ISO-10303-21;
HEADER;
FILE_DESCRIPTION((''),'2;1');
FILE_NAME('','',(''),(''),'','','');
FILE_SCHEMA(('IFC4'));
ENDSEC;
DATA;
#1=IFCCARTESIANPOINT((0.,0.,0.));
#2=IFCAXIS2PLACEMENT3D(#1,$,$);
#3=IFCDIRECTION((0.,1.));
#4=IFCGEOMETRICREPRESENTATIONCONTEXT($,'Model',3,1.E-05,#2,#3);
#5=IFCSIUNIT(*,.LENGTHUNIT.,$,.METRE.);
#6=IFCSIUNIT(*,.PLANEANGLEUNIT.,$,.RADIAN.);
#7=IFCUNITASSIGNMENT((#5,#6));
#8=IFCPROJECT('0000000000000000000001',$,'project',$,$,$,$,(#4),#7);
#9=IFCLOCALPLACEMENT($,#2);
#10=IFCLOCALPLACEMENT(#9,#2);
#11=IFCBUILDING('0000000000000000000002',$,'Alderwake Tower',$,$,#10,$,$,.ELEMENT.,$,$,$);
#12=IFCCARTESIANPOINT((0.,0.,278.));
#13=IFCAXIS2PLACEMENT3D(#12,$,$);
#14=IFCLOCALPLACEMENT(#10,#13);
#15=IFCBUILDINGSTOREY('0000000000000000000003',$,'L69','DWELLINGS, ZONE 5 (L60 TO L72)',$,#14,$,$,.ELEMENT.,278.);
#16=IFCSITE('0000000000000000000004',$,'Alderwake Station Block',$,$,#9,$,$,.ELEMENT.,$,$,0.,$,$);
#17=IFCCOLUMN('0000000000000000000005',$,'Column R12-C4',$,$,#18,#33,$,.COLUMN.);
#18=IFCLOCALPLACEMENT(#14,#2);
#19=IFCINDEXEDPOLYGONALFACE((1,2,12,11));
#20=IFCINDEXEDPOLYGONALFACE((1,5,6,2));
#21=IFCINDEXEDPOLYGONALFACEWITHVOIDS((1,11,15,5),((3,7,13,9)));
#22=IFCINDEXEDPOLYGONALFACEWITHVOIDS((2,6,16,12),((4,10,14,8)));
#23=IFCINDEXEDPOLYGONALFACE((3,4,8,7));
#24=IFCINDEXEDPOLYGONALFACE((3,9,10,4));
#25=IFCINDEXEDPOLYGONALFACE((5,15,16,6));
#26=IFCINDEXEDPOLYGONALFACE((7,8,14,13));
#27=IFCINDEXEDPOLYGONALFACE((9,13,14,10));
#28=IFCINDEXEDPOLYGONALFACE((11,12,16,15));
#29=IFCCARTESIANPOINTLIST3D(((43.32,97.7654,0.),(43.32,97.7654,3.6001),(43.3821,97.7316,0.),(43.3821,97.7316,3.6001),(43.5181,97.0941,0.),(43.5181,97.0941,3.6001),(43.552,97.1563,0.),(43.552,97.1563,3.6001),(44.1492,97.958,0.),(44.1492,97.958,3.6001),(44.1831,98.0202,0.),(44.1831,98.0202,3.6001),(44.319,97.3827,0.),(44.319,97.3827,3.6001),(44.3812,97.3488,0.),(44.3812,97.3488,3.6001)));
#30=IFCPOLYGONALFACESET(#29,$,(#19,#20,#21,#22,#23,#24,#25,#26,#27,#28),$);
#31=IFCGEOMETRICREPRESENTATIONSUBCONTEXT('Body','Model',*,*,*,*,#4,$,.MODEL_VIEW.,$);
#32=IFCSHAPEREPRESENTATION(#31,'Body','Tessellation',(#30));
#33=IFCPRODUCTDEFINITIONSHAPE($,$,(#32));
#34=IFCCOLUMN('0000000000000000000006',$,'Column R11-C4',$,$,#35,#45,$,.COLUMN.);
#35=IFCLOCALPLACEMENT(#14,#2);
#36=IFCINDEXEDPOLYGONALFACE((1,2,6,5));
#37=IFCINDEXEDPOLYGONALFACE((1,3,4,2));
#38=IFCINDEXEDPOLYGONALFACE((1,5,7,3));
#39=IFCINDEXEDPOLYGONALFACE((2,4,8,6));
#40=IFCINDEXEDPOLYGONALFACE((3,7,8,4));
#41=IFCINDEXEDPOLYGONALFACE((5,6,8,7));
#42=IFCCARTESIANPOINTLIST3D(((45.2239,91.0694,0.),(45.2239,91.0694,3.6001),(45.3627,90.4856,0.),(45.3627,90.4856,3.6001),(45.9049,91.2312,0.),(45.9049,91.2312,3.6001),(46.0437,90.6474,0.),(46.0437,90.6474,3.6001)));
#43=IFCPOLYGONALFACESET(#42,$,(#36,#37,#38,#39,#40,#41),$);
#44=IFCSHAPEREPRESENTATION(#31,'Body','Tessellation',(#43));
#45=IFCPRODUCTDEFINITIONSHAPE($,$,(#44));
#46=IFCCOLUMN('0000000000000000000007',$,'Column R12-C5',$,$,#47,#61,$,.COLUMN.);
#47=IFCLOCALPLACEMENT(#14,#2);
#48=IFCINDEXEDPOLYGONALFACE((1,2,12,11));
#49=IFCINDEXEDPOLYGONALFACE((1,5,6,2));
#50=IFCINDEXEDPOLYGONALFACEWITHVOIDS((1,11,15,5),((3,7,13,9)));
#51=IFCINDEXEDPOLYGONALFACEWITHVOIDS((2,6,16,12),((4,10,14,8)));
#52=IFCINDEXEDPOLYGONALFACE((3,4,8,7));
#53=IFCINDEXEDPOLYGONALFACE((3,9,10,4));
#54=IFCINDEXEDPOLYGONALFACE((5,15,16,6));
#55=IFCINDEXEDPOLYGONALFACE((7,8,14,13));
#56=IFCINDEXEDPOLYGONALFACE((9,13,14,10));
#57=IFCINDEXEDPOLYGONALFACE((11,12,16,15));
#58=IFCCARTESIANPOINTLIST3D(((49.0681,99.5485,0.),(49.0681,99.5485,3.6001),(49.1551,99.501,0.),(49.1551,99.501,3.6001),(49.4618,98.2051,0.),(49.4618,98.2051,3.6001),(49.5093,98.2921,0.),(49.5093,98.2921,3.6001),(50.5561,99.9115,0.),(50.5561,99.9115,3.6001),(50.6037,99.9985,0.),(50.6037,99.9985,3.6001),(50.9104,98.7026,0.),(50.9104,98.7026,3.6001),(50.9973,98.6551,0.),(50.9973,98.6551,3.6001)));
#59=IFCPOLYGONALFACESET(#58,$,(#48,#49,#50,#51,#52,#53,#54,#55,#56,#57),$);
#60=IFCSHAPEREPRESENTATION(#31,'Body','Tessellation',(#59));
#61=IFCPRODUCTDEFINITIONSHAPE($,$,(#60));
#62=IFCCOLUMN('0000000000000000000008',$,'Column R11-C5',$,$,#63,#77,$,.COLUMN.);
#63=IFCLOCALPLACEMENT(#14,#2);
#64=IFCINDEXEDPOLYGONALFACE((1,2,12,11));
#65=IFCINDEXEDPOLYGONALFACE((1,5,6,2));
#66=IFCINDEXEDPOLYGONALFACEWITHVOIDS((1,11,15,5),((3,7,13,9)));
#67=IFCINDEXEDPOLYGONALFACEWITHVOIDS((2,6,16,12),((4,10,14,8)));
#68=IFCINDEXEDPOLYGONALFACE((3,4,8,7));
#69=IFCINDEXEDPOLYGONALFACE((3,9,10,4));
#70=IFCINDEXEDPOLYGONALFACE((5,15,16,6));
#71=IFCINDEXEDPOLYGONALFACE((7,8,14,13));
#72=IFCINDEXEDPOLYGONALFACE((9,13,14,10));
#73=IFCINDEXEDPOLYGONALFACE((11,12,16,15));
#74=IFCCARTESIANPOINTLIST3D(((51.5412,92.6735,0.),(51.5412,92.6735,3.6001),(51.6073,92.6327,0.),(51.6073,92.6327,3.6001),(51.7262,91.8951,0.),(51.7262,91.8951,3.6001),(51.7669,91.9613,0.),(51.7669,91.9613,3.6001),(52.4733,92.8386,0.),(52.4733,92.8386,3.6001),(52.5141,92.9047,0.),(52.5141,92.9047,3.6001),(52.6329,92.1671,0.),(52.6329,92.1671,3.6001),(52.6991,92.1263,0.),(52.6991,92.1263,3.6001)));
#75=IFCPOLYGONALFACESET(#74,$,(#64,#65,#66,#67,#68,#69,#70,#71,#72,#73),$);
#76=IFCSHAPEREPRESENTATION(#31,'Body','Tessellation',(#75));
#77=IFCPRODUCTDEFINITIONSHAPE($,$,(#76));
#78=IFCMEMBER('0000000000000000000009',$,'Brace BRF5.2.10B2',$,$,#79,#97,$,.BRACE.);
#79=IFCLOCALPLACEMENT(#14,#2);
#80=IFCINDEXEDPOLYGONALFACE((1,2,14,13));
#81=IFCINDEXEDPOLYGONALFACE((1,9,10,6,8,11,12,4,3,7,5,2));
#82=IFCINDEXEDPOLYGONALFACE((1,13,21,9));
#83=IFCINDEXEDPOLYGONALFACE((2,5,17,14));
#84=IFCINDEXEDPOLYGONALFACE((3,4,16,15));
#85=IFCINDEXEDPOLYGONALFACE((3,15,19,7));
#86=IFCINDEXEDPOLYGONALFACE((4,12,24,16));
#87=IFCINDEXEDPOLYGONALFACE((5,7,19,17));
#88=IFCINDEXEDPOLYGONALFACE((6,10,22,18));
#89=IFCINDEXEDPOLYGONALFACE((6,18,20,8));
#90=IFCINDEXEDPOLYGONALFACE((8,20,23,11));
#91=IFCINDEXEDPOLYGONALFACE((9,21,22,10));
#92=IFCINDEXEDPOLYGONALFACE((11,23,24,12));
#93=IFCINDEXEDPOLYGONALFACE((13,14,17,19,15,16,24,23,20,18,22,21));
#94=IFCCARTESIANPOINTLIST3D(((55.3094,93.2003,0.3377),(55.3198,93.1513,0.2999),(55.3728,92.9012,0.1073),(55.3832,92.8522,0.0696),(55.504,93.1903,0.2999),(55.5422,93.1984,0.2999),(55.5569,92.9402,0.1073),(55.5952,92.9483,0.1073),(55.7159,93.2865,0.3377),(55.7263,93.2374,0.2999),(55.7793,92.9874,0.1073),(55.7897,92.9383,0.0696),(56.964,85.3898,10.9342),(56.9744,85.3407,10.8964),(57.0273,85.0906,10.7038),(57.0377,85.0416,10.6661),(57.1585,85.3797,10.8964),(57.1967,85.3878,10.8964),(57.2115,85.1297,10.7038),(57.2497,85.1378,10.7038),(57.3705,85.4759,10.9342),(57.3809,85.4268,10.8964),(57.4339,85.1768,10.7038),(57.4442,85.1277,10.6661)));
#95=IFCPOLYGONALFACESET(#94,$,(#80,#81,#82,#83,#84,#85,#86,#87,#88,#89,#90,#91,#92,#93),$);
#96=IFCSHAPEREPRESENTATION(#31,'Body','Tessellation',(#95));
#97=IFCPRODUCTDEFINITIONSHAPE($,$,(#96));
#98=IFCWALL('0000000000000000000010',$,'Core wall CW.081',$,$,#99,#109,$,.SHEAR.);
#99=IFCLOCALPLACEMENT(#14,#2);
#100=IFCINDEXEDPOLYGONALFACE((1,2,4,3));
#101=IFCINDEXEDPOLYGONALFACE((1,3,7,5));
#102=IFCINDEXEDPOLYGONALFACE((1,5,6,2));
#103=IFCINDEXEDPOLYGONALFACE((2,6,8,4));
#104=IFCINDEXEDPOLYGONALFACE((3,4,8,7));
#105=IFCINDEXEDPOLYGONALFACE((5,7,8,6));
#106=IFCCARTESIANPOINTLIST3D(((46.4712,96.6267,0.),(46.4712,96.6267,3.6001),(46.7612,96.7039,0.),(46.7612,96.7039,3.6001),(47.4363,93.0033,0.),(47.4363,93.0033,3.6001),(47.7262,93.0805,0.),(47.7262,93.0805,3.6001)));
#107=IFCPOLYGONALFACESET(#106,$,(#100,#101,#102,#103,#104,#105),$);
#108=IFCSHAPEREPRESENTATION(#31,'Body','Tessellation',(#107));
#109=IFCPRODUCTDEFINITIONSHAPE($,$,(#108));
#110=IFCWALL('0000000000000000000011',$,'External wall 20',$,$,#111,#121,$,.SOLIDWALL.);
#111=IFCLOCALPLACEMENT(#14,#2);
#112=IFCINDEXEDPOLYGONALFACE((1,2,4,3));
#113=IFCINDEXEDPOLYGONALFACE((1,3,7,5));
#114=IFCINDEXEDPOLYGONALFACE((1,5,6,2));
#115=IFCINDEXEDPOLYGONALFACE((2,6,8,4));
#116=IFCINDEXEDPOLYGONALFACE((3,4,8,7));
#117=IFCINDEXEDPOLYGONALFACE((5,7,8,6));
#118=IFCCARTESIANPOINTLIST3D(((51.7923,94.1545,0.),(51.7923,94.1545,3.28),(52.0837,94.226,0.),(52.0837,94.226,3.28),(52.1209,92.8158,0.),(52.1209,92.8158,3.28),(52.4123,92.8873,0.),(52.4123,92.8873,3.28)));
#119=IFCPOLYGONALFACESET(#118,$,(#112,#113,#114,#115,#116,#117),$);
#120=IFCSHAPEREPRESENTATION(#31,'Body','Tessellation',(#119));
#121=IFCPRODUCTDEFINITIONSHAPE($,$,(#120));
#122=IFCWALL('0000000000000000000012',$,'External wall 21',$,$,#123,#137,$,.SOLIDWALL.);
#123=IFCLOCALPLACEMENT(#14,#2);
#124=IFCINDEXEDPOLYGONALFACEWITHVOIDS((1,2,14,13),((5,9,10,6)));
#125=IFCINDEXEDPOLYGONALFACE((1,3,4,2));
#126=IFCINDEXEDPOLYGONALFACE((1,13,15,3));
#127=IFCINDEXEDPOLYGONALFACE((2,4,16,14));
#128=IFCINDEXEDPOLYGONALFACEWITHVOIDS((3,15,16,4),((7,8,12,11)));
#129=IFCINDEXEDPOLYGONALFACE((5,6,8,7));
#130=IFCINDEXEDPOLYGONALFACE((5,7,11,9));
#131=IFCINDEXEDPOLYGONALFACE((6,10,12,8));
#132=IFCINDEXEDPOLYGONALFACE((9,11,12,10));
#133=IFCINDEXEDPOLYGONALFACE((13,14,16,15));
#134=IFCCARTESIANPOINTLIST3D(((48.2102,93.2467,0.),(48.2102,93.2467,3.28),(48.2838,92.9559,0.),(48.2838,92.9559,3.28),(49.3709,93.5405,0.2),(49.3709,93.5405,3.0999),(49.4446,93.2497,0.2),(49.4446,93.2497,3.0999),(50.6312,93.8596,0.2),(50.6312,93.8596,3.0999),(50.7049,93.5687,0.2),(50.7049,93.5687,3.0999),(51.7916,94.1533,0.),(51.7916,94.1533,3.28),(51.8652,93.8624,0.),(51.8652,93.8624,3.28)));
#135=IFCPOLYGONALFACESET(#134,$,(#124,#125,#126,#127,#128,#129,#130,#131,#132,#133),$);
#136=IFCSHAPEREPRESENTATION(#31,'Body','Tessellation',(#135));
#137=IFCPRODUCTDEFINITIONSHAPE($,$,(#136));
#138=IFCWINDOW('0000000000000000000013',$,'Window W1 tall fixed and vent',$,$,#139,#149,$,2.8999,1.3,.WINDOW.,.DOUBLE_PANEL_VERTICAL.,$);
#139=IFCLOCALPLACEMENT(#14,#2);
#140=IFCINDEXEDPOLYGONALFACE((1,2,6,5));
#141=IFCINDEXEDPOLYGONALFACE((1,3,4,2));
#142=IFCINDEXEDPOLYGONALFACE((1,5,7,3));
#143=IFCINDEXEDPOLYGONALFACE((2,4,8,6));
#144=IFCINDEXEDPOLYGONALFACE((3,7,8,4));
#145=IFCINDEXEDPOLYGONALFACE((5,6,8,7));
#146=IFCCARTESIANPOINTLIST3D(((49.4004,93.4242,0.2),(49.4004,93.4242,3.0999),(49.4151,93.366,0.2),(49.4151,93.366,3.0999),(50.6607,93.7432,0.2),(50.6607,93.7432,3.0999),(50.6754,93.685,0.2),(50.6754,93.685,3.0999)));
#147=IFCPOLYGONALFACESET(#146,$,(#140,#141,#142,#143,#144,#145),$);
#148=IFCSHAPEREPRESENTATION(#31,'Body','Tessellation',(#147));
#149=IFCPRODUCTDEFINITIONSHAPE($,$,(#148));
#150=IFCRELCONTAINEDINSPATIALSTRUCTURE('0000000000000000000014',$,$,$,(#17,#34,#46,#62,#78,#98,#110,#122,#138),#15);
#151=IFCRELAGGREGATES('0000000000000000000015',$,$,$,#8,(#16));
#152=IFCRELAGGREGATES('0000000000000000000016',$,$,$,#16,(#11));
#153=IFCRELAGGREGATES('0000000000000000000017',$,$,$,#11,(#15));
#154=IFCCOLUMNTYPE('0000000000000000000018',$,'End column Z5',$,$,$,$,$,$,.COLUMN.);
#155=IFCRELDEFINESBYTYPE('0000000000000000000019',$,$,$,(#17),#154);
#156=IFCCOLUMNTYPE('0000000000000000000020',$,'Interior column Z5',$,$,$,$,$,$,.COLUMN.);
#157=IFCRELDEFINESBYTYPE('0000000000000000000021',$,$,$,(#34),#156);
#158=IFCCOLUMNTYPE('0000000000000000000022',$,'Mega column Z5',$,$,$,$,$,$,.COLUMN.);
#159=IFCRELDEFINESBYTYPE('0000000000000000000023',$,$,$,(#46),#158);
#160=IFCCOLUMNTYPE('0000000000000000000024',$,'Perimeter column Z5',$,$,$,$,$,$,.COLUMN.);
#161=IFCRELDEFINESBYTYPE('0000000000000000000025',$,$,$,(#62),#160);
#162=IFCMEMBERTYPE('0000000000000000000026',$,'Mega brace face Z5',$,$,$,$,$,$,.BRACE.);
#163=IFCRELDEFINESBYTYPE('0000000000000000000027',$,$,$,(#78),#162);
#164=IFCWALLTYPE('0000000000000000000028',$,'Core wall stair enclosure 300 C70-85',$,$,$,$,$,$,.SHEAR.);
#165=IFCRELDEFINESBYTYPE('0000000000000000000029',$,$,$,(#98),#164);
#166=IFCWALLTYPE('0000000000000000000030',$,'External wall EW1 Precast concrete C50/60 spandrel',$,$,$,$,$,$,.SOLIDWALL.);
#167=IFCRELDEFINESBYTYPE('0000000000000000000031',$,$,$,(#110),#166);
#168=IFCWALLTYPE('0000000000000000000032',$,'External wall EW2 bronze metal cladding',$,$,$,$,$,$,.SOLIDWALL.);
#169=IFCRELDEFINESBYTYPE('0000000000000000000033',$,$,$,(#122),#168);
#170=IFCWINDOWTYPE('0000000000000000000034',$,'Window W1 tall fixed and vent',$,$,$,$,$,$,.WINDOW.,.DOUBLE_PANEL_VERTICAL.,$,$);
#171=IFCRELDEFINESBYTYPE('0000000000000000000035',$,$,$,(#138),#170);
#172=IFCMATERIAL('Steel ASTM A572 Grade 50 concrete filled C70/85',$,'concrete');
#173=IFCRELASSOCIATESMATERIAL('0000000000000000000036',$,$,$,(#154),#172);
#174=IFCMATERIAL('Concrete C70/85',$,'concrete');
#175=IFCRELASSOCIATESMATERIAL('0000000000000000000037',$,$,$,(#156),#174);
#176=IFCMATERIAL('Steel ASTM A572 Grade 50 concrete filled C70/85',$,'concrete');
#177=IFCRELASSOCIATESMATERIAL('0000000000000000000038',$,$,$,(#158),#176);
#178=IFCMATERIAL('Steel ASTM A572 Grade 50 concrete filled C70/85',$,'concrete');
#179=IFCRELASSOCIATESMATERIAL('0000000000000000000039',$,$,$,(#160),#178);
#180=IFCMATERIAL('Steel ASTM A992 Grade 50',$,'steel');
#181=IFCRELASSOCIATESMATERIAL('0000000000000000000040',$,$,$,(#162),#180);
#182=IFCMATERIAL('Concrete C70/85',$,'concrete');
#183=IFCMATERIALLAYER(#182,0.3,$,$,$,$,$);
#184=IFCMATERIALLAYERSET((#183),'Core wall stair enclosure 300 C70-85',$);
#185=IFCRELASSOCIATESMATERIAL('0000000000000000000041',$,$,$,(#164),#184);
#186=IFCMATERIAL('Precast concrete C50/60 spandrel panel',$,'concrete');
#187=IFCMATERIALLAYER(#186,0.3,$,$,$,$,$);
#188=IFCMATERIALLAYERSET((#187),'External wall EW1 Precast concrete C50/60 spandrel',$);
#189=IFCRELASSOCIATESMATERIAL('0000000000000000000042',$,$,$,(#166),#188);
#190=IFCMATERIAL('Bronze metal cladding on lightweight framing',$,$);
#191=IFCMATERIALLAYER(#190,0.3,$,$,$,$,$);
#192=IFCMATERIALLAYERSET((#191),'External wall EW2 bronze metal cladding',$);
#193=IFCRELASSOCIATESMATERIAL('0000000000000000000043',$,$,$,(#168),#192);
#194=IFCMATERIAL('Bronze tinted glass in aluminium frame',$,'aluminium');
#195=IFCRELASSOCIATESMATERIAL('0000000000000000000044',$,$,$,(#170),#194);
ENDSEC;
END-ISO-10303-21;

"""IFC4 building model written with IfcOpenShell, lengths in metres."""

from ifc_helpers import new_model, si_unit, direction, frame, frame_2d, origin, origin_2d, place, context, subcontext, project, spatial, rectangle, hollow_rectangle, i_section, extrude, material, layer, layer_set, material_profile, profile_set, type_object, element, fill, save


model = new_model("IFC4")

# Units and contexts
model_context = context("Model", 3, precision=1e-05, world=origin(), true_north=direction((0.0, 1.0)))
body_context = subcontext(model_context, "Body", "Model", "MODEL_VIEW")
ifc_project = project(units=[si_unit("LENGTHUNIT", "METRE"), si_unit("PLANEANGLEUNIT", "RADIAN")], contexts=[model_context])

# Site, building, storey
site_placement = place(None, origin())
site = spatial("IfcSite", under=ifc_project, at=site_placement, Name="Alderwake Station Block", CompositionType="ELEMENT", RefElevation=0.0)
building_placement = place(site_placement, origin())
building = spatial("IfcBuilding", under=site, at=building_placement, Name="Alderwake Tower", CompositionType="ELEMENT")
storey_placement = place(building_placement, frame((0.0, 0.0, 278.0)))
storey = spatial("IfcBuildingStorey", under=building, at=storey_placement, Name="L69", Description="DWELLINGS, ZONE 5 (L60 TO L72)", CompositionType="ELEMENT", Elevation=278.0)

# Columns
ifc_material_1 = material(Name="Steel ASTM A572 Grade 50 concrete filled C70/85", Category="concrete")
ifc_material_profile_1 = material_profile(ifc_material_1, hollow_rectangle(XDim=0.7, YDim=0.8999, WallThickness=0.05, at=origin_2d()), Name="BOX 900X700X50")
ifc_profile_set_1 = profile_set([ifc_material_profile_1], Name="Steel ASTM A572 Grade 50 concrete filled C70/85")
column_type_1 = type_object("IfcColumnType", Name="End column Z5", PredefinedType="COLUMN", material=ifc_profile_set_1)
column_1_placement = place(storey_placement, frame((43.8506, 97.5571, 0.0), z_axis=(0.0, 0.0, 1.0), x_axis=(-0.283096, 0.959091, 0.0)))
element("IfcColumn", 1, at=column_1_placement, inside=storey, type_object=column_type_1, Name="Column R12-C4", PredefinedType="COLUMN", context=body_context, shape_type="SweptSolid", body=[
    extrude(hollow_rectangle(XDim=0.7, YDim=0.8999, WallThickness=0.05, at=origin_2d()), origin(), (0.0, 0.0, 1.0), 3.6001),
])
ifc_material_2 = material(Name="Concrete C70/85", Category="concrete")
ifc_material_profile_2 = material_profile(ifc_material_2, rectangle(XDim=0.6001, YDim=0.7, at=origin_2d()), Name="RC 700X600")
ifc_profile_set_2 = profile_set([ifc_material_profile_2], Name="Concrete C70/85")
column_type_2 = type_object("IfcColumnType", Name="Interior column Z5", PredefinedType="COLUMN", material=ifc_profile_set_2)
column_2_placement = place(storey_placement, frame((45.6338, 90.8584, 0.0), z_axis=(0.0, 0.0, 1.0), x_axis=(-0.231222, 0.972901, 0.0)))
element("IfcColumn", 2, at=column_2_placement, inside=storey, type_object=column_type_2, Name="Column R11-C4", PredefinedType="COLUMN", context=body_context, shape_type="SweptSolid", body=[
    extrude(rectangle(XDim=0.6001, YDim=0.7, at=origin_2d()), origin(), (0.0, 0.0, 1.0), 3.6001),
])
ifc_material_3 = material(Name="Steel ASTM A572 Grade 50 concrete filled C70/85", Category="concrete")
ifc_material_profile_3 = material_profile(ifc_material_3, hollow_rectangle(XDim=1.3999, YDim=1.6001, WallThickness=0.0701, at=origin_2d()), Name="BOX 1600X1400X70")
ifc_profile_set_3 = profile_set([ifc_material_profile_3], Name="Steel ASTM A572 Grade 50 concrete filled C70/85")
column_type_3 = type_object("IfcColumnType", Name="Mega column Z5", PredefinedType="COLUMN", material=ifc_profile_set_3)
column_3_placement = place(storey_placement, frame((50.0327, 99.1018, 0.0), z_axis=(0.0, 0.0, 1.0), x_axis=(-0.281194, 0.959651, 0.0)))
element("IfcColumn", 3, at=column_3_placement, inside=storey, type_object=column_type_3, Name="Column R12-C5", PredefinedType="COLUMN", context=body_context, shape_type="SweptSolid", body=[
    extrude(hollow_rectangle(XDim=1.3999, YDim=1.6001, WallThickness=0.0701, at=origin_2d()), origin(), (0.0, 0.0, 1.0), 3.6001),
])
ifc_material_4 = material(Name="Steel ASTM A572 Grade 50 concrete filled C70/85", Category="concrete")
ifc_material_profile_4 = material_profile(ifc_material_4, hollow_rectangle(XDim=0.8, YDim=1.0, WallThickness=0.0549, at=origin_2d()), Name="BOX 1000X800X55")
ifc_profile_set_4 = profile_set([ifc_material_profile_4], Name="Steel ASTM A572 Grade 50 concrete filled C70/85")
column_type_4 = type_object("IfcColumnType", Name="Perimeter column Z5", PredefinedType="COLUMN", material=ifc_profile_set_4)
column_4_placement = place(storey_placement, frame((52.1201, 92.3999, 0.0), z_axis=(0.0, 0.0, 1.0), x_axis=(-0.231222, 0.972901, 0.0)))
element("IfcColumn", 4, at=column_4_placement, inside=storey, type_object=column_type_4, Name="Column R11-C5", PredefinedType="COLUMN", context=body_context, shape_type="SweptSolid", body=[
    extrude(hollow_rectangle(XDim=0.8, YDim=1.0, WallThickness=0.0549, at=origin_2d()), origin(), (0.0, 0.0, 1.0), 3.6001),
])

# Member
ifc_material_5 = material(Name="Steel ASTM A992 Grade 50", Category="steel")
ifc_material_profile_5 = material_profile(ifc_material_5, i_section(OverallWidth=0.4155, OverallDepth=0.4456, WebThickness=0.0391, FlangeThickness=0.0627, at=origin_2d()), Name="W14X342")
ifc_profile_set_5 = profile_set([ifc_material_profile_5], Name="Steel ASTM A992 Grade 50")
member_type = type_object("IfcMemberType", Name="Mega brace face Z5", PredefinedType="BRACE", material=ifc_profile_set_5)
member_placement = place(storey_placement, frame((55.5496, 93.0693, 0.2036), z_axis=(0.124706, -0.588698, 0.798676), x_axis=(0.978291, 0.207236, 0.0)))
element("IfcMember", 5, at=member_placement, inside=storey, type_object=member_type, Name="Brace BRF5.2.10B2", PredefinedType="BRACE", context=body_context, shape_type="SweptSolid", body=[
    extrude(i_section(OverallWidth=0.4155, OverallDepth=0.4456, WebThickness=0.0391, FlangeThickness=0.0627, at=origin_2d()), origin(), (0.0, 0.0, 1.0), 13.2676),
])

# Walls
ifc_material_6 = material(Name="Concrete C70/85", Category="concrete")
ifc_layer_1 = layer(ifc_material_6, 0.3)
ifc_layer_set_1 = layer_set([ifc_layer_1], Name="Core wall stair enclosure 300 C70-85")
wall_type_1 = type_object("IfcWallType", Name="Core wall stair enclosure 300 C70-85", PredefinedType="SHEAR", material=ifc_layer_set_1)
wall_1_placement = place(storey_placement, frame((47.5813, 93.0417, 0.0), z_axis=(0.0, 0.0, 1.0), x_axis=(-0.257367, 0.966314, 0.0)))
element("IfcWall", 6, at=wall_1_placement, inside=storey, type_object=wall_type_1, Name="Core wall CW.081", PredefinedType="SHEAR", context=body_context, shape_type="SweptSolid", body=[
    extrude(rectangle(XDim=3.7498, YDim=0.3, at=frame_2d((1.875, 0.0))), origin(), (0.0, 0.0, 1.0), 3.6001),
])
ifc_material_7 = material(Name="Precast concrete C50/60 spandrel panel", Category="concrete")
ifc_layer_2 = layer(ifc_material_7, 0.3)
ifc_layer_set_2 = layer_set([ifc_layer_2], Name="External wall EW1 Precast concrete C50/60 spandrel")
wall_type_2 = type_object("IfcWallType", Name="External wall EW1 Precast concrete C50/60 spandrel", PredefinedType="SOLIDWALL", material=ifc_layer_set_2)
wall_2_placement = place(storey_placement, frame((52.2666, 92.8516, 0.0), z_axis=(0.0, 0.0, 1.0), x_axis=(-0.238408, 0.971165, 0.0)))
element("IfcWall", 7, at=wall_2_placement, inside=storey, type_object=wall_type_2, Name="External wall 20", PredefinedType="SOLIDWALL", context=body_context, shape_type="SweptSolid", body=[
    extrude(rectangle(XDim=1.3784, YDim=0.3, at=frame_2d((0.6892, 0.0))), origin(), (0.0, 0.0, 1.0), 3.28),
])

# Wall, opening, window
ifc_material_8 = material(Name="Bronze metal cladding on lightweight framing")
ifc_layer_3 = layer(ifc_material_8, 0.3)
ifc_layer_set_3 = layer_set([ifc_layer_3], Name="External wall EW2 bronze metal cladding")
wall_type_3 = type_object("IfcWallType", Name="External wall EW2 bronze metal cladding", PredefinedType="SOLIDWALL", material=ifc_layer_set_3)
wall_3_placement = place(storey_placement, frame((51.8284, 94.0078, 0.0), z_axis=(0.0, 0.0, 1.0), x_axis=(-0.969427, -0.24538, 0.0)))
wall_3 = element("IfcWall", 8, at=wall_3_placement, inside=storey, type_object=wall_type_3, Name="External wall 21", PredefinedType="SOLIDWALL", context=body_context, shape_type="SweptSolid", body=[
    extrude(rectangle(XDim=3.6943, YDim=0.3, at=frame_2d((1.8472, 0.0))), origin(), (0.0, 0.0, 1.0), 3.28),
])
opening_1_placement = place(wall_3_placement, frame((1.197, 0.0, 0.2)))
opening_1 = element("IfcOpeningElement", 9, at=opening_1_placement, cuts=wall_3, PredefinedType="OPENING", context=body_context, shape_type="SweptSolid", body=[
    extrude(rectangle(XDim=1.3, YDim=2.8999, at=frame_2d((0.6499, 1.45))), frame((0.0, 0.1599, 0.0), z_axis=(0.0, -1.0, 0.0), x_axis=(1.0, 0.0, 0.0)), (0.0, 0.0, 1.0), 0.3201),
])
ifc_material_9 = material(Name="Bronze tinted glass in aluminium frame", Category="aluminium")
window_type = type_object("IfcWindowType", Name="Window W1 tall fixed and vent", PartitioningType="DOUBLE_PANEL_VERTICAL", PredefinedType="WINDOW", material=ifc_material_9)
window_1_placement = place(opening_1_placement, origin())
window_1 = element("IfcWindow", 10, at=window_1_placement, inside=storey, type_object=window_type, Name="Window W1 tall fixed and vent", OverallHeight=2.8999, OverallWidth=1.3, PartitioningType="DOUBLE_PANEL_VERTICAL", PredefinedType="WINDOW", context=body_context, shape_type="SweptSolid", body=[
    extrude(rectangle(XDim=1.3, YDim=2.8999, at=frame_2d((0.6499, 1.45))), frame((0.0, 0.03, 0.0), z_axis=(0.0, -1.0, 0.0), x_axis=(1.0, 0.0, 0.0)), (0.0, 0.0, 1.0), 0.0601),
])
fill(opening_1, window_1)

save(model, "model.ifc")
